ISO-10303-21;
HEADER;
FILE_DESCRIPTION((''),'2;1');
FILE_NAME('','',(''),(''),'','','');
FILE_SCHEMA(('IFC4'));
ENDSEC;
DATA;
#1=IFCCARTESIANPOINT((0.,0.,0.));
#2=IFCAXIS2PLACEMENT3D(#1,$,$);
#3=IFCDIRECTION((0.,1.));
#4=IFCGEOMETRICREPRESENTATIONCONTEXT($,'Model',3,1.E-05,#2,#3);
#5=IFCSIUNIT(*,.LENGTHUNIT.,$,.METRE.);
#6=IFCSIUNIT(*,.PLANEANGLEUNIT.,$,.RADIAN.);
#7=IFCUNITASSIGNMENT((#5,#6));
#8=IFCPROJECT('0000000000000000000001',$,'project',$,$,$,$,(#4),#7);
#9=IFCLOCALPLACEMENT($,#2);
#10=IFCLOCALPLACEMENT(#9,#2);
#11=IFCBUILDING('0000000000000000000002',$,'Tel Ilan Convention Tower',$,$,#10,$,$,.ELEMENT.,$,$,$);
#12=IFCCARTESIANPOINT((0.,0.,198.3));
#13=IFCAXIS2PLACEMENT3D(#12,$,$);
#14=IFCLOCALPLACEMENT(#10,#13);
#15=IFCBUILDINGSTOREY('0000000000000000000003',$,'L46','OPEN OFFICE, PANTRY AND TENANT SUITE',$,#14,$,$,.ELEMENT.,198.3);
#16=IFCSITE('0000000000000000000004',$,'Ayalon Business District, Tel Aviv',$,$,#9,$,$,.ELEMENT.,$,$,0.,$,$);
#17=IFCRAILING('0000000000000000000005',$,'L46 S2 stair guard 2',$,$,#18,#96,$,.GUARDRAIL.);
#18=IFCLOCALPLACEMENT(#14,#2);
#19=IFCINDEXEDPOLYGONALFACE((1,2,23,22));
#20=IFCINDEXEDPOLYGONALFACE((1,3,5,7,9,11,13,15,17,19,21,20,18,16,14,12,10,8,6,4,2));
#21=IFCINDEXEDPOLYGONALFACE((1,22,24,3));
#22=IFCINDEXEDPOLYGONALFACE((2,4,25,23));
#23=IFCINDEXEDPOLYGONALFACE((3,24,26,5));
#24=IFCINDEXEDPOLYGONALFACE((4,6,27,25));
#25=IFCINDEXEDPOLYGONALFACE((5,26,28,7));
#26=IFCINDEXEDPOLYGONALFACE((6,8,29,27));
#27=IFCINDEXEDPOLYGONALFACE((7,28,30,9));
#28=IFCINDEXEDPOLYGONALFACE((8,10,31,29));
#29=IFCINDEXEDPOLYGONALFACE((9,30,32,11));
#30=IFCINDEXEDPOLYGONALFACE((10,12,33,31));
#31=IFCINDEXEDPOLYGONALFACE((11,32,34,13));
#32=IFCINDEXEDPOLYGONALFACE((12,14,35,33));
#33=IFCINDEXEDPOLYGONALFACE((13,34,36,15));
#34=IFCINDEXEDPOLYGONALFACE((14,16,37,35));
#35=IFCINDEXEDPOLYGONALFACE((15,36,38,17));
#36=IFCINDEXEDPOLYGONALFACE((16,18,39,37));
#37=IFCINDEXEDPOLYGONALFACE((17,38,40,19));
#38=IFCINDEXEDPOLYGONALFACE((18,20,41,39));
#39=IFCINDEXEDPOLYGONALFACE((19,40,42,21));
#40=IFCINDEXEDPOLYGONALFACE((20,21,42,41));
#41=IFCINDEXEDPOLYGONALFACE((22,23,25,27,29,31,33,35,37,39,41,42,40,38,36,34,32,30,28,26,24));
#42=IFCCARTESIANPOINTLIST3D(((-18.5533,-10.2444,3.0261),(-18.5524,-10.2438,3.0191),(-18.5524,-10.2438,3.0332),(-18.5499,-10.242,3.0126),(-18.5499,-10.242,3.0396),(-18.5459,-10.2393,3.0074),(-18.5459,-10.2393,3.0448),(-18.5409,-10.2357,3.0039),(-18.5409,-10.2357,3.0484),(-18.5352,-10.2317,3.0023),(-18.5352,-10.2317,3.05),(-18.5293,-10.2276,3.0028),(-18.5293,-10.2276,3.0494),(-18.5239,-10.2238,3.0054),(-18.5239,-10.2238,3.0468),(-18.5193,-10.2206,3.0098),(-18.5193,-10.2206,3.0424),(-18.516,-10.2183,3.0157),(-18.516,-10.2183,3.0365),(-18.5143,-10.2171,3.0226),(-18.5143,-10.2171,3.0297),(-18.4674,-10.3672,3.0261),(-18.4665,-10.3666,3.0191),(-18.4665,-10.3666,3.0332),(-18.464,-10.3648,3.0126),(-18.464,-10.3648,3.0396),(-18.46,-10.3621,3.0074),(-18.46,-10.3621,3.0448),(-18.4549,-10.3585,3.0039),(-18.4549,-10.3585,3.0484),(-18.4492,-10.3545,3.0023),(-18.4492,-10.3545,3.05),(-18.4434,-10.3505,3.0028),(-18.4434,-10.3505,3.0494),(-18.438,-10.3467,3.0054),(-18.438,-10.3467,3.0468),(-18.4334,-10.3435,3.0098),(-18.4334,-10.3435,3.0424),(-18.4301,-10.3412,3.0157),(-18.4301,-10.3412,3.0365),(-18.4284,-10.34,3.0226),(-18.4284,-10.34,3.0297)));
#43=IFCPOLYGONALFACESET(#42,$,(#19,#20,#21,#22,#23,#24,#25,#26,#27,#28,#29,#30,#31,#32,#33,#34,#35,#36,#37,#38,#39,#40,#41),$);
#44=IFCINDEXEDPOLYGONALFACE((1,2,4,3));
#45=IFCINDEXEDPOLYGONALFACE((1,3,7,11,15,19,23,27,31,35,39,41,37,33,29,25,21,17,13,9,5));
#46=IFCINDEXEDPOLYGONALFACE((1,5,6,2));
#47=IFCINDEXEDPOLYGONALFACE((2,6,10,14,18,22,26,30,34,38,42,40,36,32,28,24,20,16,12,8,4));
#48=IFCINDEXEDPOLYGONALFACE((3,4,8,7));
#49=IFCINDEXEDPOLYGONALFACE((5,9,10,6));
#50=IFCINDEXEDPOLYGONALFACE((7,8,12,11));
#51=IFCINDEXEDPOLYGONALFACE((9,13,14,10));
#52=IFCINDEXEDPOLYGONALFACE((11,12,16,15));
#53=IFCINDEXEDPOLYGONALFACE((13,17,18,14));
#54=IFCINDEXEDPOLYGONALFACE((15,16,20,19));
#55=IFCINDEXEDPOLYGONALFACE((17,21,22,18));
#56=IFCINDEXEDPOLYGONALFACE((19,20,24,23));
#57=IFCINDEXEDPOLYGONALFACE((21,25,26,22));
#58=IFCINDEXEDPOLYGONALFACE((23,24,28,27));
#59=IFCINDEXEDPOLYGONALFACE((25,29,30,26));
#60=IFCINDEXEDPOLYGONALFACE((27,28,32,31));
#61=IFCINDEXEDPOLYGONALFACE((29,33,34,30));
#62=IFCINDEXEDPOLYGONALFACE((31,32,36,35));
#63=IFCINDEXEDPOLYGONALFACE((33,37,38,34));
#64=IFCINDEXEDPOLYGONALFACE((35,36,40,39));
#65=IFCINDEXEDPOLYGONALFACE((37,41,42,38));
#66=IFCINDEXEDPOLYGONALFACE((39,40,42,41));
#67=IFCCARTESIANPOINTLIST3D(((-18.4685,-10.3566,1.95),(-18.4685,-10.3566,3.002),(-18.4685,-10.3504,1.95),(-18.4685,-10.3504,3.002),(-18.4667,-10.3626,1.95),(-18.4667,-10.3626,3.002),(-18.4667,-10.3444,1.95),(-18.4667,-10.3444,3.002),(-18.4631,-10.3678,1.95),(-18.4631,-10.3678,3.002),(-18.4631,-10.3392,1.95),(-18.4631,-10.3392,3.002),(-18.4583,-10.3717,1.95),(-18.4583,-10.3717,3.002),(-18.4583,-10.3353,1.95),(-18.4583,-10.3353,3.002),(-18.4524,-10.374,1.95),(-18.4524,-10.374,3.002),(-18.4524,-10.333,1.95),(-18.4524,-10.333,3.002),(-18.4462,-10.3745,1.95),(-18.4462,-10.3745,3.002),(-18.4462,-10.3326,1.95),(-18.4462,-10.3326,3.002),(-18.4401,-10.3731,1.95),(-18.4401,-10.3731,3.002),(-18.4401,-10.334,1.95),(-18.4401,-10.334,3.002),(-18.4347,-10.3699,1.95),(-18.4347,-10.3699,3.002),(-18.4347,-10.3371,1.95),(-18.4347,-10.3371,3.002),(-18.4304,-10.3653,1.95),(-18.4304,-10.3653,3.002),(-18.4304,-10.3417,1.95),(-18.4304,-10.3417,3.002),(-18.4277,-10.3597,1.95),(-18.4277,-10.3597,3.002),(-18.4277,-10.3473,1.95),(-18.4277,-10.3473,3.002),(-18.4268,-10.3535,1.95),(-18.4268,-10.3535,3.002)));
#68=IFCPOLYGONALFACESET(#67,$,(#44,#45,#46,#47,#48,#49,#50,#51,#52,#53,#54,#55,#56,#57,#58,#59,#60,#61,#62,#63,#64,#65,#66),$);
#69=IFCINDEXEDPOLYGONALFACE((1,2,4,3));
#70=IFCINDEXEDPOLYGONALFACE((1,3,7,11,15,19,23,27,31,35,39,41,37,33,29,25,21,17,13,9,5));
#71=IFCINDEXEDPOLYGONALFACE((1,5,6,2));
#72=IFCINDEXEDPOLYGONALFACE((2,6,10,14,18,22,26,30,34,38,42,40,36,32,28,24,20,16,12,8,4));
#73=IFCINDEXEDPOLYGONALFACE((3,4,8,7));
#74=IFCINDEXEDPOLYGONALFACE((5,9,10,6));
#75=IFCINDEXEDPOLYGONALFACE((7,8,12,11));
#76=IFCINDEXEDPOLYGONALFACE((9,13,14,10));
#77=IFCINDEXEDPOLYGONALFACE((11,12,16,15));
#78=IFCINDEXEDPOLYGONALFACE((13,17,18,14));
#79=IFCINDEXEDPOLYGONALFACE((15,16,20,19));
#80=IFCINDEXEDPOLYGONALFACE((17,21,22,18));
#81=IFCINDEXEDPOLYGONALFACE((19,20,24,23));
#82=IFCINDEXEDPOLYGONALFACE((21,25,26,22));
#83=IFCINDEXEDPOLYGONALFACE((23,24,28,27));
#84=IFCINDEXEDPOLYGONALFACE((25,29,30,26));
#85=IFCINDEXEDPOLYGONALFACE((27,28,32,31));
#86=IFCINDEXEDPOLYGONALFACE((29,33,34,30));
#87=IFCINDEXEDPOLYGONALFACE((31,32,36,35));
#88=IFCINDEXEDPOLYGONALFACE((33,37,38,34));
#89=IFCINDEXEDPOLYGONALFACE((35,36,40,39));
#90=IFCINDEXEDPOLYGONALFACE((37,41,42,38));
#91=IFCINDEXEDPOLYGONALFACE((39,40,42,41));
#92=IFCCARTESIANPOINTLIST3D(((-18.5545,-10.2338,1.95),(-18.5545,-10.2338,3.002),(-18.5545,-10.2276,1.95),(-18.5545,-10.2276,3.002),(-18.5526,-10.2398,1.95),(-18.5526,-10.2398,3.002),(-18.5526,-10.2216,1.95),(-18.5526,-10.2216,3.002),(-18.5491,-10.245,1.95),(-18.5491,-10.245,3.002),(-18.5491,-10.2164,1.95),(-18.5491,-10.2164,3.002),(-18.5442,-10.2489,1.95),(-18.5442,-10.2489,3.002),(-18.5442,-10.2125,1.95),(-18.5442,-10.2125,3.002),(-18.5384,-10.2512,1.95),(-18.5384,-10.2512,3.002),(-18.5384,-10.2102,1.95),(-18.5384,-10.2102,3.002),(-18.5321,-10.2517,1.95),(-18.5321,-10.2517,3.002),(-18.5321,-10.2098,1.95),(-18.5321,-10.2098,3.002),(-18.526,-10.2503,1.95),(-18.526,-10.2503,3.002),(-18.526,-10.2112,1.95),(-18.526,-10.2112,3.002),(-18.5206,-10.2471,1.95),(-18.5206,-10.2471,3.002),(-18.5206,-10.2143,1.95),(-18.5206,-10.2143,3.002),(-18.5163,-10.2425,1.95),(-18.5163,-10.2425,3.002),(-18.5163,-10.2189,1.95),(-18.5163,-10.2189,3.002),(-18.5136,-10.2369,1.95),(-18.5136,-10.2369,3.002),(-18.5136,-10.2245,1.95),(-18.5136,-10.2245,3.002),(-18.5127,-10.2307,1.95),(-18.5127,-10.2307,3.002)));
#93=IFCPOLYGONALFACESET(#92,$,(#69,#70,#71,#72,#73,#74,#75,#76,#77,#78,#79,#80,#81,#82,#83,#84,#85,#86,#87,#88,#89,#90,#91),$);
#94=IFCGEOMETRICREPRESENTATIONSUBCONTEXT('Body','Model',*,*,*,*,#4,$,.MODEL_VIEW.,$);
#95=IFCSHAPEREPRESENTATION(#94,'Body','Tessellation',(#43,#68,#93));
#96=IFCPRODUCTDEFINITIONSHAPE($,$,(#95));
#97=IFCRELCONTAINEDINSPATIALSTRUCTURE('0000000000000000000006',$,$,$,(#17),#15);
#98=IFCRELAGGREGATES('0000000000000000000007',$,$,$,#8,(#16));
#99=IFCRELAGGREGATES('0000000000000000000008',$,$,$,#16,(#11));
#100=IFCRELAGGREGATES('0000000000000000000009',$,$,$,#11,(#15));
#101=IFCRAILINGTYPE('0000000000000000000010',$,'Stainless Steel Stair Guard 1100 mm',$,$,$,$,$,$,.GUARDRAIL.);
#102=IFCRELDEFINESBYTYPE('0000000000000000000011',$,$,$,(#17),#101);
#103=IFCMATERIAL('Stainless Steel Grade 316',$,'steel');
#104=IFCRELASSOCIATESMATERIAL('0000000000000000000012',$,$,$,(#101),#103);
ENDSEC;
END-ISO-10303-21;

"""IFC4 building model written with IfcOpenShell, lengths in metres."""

from ifc_helpers import new_model, si_unit, direction, frame, origin, origin_2d, place, context, subcontext, project, spatial, circle, extrude, material, type_object, element, save


model = new_model("IFC4")

# Units and contexts
model_context = context("Model", 3, precision=1e-05, world=origin(), true_north=direction((0.0, 1.0)))
body_context = subcontext(model_context, "Body", "Model", "MODEL_VIEW")
ifc_project = project(units=[si_unit("LENGTHUNIT", "METRE"), si_unit("PLANEANGLEUNIT", "RADIAN")], contexts=[model_context])

# Site, building, storey
site_placement = place(None, origin())
site = spatial("IfcSite", under=ifc_project, at=site_placement, Name="Ayalon Business District, Tel Aviv", CompositionType="ELEMENT", RefElevation=0.0)
building_placement = place(site_placement, origin())
building = spatial("IfcBuilding", under=site, at=building_placement, Name="Tel Ilan Convention Tower", CompositionType="ELEMENT")
storey_placement = place(building_placement, frame((0.0, 0.0, 198.3)))
storey = spatial("IfcBuildingStorey", under=building, at=storey_placement, Name="L46", Description="OPEN OFFICE, PANTRY AND TENANT SUITE", CompositionType="ELEMENT", Elevation=198.3)

# Railing
ifc_material_1 = material(Name="Stainless Steel Grade 316", Category="steel")
railing_type_1 = type_object("IfcRailingType", Name="Stainless Steel Stair Guard 1100 mm", PredefinedType="GUARDRAIL", material=ifc_material_1)
railing_1_placement = place(storey_placement, frame((-18.4478, -10.3535, 1.95)))
element("IfcRailing", 1, at=railing_1_placement, inside=storey, type_object=railing_type_1, Name="L46 S2 stair guard 2", PredefinedType="GUARDRAIL", context=body_context, shape_type="SweptSolid", body=[
    extrude(circle(Radius=0.0239, at=origin_2d()), frame((0.0, 0.0, 1.0762), z_axis=(-0.573353, 0.819308, 0.0), x_axis=(-0.819308, -0.573353, 0.0)), (0.0, 0.0, 1.0), 0.1499),
    extrude(circle(Radius=0.021, at=origin_2d()), origin(), (0.0, 0.0, 1.0), 1.052),
    extrude(circle(Radius=0.021, at=origin_2d()), frame((-0.0859, 0.1228, 0.0)), (0.0, 0.0, 1.0), 1.052),
])

save(model, "model.ifc")
